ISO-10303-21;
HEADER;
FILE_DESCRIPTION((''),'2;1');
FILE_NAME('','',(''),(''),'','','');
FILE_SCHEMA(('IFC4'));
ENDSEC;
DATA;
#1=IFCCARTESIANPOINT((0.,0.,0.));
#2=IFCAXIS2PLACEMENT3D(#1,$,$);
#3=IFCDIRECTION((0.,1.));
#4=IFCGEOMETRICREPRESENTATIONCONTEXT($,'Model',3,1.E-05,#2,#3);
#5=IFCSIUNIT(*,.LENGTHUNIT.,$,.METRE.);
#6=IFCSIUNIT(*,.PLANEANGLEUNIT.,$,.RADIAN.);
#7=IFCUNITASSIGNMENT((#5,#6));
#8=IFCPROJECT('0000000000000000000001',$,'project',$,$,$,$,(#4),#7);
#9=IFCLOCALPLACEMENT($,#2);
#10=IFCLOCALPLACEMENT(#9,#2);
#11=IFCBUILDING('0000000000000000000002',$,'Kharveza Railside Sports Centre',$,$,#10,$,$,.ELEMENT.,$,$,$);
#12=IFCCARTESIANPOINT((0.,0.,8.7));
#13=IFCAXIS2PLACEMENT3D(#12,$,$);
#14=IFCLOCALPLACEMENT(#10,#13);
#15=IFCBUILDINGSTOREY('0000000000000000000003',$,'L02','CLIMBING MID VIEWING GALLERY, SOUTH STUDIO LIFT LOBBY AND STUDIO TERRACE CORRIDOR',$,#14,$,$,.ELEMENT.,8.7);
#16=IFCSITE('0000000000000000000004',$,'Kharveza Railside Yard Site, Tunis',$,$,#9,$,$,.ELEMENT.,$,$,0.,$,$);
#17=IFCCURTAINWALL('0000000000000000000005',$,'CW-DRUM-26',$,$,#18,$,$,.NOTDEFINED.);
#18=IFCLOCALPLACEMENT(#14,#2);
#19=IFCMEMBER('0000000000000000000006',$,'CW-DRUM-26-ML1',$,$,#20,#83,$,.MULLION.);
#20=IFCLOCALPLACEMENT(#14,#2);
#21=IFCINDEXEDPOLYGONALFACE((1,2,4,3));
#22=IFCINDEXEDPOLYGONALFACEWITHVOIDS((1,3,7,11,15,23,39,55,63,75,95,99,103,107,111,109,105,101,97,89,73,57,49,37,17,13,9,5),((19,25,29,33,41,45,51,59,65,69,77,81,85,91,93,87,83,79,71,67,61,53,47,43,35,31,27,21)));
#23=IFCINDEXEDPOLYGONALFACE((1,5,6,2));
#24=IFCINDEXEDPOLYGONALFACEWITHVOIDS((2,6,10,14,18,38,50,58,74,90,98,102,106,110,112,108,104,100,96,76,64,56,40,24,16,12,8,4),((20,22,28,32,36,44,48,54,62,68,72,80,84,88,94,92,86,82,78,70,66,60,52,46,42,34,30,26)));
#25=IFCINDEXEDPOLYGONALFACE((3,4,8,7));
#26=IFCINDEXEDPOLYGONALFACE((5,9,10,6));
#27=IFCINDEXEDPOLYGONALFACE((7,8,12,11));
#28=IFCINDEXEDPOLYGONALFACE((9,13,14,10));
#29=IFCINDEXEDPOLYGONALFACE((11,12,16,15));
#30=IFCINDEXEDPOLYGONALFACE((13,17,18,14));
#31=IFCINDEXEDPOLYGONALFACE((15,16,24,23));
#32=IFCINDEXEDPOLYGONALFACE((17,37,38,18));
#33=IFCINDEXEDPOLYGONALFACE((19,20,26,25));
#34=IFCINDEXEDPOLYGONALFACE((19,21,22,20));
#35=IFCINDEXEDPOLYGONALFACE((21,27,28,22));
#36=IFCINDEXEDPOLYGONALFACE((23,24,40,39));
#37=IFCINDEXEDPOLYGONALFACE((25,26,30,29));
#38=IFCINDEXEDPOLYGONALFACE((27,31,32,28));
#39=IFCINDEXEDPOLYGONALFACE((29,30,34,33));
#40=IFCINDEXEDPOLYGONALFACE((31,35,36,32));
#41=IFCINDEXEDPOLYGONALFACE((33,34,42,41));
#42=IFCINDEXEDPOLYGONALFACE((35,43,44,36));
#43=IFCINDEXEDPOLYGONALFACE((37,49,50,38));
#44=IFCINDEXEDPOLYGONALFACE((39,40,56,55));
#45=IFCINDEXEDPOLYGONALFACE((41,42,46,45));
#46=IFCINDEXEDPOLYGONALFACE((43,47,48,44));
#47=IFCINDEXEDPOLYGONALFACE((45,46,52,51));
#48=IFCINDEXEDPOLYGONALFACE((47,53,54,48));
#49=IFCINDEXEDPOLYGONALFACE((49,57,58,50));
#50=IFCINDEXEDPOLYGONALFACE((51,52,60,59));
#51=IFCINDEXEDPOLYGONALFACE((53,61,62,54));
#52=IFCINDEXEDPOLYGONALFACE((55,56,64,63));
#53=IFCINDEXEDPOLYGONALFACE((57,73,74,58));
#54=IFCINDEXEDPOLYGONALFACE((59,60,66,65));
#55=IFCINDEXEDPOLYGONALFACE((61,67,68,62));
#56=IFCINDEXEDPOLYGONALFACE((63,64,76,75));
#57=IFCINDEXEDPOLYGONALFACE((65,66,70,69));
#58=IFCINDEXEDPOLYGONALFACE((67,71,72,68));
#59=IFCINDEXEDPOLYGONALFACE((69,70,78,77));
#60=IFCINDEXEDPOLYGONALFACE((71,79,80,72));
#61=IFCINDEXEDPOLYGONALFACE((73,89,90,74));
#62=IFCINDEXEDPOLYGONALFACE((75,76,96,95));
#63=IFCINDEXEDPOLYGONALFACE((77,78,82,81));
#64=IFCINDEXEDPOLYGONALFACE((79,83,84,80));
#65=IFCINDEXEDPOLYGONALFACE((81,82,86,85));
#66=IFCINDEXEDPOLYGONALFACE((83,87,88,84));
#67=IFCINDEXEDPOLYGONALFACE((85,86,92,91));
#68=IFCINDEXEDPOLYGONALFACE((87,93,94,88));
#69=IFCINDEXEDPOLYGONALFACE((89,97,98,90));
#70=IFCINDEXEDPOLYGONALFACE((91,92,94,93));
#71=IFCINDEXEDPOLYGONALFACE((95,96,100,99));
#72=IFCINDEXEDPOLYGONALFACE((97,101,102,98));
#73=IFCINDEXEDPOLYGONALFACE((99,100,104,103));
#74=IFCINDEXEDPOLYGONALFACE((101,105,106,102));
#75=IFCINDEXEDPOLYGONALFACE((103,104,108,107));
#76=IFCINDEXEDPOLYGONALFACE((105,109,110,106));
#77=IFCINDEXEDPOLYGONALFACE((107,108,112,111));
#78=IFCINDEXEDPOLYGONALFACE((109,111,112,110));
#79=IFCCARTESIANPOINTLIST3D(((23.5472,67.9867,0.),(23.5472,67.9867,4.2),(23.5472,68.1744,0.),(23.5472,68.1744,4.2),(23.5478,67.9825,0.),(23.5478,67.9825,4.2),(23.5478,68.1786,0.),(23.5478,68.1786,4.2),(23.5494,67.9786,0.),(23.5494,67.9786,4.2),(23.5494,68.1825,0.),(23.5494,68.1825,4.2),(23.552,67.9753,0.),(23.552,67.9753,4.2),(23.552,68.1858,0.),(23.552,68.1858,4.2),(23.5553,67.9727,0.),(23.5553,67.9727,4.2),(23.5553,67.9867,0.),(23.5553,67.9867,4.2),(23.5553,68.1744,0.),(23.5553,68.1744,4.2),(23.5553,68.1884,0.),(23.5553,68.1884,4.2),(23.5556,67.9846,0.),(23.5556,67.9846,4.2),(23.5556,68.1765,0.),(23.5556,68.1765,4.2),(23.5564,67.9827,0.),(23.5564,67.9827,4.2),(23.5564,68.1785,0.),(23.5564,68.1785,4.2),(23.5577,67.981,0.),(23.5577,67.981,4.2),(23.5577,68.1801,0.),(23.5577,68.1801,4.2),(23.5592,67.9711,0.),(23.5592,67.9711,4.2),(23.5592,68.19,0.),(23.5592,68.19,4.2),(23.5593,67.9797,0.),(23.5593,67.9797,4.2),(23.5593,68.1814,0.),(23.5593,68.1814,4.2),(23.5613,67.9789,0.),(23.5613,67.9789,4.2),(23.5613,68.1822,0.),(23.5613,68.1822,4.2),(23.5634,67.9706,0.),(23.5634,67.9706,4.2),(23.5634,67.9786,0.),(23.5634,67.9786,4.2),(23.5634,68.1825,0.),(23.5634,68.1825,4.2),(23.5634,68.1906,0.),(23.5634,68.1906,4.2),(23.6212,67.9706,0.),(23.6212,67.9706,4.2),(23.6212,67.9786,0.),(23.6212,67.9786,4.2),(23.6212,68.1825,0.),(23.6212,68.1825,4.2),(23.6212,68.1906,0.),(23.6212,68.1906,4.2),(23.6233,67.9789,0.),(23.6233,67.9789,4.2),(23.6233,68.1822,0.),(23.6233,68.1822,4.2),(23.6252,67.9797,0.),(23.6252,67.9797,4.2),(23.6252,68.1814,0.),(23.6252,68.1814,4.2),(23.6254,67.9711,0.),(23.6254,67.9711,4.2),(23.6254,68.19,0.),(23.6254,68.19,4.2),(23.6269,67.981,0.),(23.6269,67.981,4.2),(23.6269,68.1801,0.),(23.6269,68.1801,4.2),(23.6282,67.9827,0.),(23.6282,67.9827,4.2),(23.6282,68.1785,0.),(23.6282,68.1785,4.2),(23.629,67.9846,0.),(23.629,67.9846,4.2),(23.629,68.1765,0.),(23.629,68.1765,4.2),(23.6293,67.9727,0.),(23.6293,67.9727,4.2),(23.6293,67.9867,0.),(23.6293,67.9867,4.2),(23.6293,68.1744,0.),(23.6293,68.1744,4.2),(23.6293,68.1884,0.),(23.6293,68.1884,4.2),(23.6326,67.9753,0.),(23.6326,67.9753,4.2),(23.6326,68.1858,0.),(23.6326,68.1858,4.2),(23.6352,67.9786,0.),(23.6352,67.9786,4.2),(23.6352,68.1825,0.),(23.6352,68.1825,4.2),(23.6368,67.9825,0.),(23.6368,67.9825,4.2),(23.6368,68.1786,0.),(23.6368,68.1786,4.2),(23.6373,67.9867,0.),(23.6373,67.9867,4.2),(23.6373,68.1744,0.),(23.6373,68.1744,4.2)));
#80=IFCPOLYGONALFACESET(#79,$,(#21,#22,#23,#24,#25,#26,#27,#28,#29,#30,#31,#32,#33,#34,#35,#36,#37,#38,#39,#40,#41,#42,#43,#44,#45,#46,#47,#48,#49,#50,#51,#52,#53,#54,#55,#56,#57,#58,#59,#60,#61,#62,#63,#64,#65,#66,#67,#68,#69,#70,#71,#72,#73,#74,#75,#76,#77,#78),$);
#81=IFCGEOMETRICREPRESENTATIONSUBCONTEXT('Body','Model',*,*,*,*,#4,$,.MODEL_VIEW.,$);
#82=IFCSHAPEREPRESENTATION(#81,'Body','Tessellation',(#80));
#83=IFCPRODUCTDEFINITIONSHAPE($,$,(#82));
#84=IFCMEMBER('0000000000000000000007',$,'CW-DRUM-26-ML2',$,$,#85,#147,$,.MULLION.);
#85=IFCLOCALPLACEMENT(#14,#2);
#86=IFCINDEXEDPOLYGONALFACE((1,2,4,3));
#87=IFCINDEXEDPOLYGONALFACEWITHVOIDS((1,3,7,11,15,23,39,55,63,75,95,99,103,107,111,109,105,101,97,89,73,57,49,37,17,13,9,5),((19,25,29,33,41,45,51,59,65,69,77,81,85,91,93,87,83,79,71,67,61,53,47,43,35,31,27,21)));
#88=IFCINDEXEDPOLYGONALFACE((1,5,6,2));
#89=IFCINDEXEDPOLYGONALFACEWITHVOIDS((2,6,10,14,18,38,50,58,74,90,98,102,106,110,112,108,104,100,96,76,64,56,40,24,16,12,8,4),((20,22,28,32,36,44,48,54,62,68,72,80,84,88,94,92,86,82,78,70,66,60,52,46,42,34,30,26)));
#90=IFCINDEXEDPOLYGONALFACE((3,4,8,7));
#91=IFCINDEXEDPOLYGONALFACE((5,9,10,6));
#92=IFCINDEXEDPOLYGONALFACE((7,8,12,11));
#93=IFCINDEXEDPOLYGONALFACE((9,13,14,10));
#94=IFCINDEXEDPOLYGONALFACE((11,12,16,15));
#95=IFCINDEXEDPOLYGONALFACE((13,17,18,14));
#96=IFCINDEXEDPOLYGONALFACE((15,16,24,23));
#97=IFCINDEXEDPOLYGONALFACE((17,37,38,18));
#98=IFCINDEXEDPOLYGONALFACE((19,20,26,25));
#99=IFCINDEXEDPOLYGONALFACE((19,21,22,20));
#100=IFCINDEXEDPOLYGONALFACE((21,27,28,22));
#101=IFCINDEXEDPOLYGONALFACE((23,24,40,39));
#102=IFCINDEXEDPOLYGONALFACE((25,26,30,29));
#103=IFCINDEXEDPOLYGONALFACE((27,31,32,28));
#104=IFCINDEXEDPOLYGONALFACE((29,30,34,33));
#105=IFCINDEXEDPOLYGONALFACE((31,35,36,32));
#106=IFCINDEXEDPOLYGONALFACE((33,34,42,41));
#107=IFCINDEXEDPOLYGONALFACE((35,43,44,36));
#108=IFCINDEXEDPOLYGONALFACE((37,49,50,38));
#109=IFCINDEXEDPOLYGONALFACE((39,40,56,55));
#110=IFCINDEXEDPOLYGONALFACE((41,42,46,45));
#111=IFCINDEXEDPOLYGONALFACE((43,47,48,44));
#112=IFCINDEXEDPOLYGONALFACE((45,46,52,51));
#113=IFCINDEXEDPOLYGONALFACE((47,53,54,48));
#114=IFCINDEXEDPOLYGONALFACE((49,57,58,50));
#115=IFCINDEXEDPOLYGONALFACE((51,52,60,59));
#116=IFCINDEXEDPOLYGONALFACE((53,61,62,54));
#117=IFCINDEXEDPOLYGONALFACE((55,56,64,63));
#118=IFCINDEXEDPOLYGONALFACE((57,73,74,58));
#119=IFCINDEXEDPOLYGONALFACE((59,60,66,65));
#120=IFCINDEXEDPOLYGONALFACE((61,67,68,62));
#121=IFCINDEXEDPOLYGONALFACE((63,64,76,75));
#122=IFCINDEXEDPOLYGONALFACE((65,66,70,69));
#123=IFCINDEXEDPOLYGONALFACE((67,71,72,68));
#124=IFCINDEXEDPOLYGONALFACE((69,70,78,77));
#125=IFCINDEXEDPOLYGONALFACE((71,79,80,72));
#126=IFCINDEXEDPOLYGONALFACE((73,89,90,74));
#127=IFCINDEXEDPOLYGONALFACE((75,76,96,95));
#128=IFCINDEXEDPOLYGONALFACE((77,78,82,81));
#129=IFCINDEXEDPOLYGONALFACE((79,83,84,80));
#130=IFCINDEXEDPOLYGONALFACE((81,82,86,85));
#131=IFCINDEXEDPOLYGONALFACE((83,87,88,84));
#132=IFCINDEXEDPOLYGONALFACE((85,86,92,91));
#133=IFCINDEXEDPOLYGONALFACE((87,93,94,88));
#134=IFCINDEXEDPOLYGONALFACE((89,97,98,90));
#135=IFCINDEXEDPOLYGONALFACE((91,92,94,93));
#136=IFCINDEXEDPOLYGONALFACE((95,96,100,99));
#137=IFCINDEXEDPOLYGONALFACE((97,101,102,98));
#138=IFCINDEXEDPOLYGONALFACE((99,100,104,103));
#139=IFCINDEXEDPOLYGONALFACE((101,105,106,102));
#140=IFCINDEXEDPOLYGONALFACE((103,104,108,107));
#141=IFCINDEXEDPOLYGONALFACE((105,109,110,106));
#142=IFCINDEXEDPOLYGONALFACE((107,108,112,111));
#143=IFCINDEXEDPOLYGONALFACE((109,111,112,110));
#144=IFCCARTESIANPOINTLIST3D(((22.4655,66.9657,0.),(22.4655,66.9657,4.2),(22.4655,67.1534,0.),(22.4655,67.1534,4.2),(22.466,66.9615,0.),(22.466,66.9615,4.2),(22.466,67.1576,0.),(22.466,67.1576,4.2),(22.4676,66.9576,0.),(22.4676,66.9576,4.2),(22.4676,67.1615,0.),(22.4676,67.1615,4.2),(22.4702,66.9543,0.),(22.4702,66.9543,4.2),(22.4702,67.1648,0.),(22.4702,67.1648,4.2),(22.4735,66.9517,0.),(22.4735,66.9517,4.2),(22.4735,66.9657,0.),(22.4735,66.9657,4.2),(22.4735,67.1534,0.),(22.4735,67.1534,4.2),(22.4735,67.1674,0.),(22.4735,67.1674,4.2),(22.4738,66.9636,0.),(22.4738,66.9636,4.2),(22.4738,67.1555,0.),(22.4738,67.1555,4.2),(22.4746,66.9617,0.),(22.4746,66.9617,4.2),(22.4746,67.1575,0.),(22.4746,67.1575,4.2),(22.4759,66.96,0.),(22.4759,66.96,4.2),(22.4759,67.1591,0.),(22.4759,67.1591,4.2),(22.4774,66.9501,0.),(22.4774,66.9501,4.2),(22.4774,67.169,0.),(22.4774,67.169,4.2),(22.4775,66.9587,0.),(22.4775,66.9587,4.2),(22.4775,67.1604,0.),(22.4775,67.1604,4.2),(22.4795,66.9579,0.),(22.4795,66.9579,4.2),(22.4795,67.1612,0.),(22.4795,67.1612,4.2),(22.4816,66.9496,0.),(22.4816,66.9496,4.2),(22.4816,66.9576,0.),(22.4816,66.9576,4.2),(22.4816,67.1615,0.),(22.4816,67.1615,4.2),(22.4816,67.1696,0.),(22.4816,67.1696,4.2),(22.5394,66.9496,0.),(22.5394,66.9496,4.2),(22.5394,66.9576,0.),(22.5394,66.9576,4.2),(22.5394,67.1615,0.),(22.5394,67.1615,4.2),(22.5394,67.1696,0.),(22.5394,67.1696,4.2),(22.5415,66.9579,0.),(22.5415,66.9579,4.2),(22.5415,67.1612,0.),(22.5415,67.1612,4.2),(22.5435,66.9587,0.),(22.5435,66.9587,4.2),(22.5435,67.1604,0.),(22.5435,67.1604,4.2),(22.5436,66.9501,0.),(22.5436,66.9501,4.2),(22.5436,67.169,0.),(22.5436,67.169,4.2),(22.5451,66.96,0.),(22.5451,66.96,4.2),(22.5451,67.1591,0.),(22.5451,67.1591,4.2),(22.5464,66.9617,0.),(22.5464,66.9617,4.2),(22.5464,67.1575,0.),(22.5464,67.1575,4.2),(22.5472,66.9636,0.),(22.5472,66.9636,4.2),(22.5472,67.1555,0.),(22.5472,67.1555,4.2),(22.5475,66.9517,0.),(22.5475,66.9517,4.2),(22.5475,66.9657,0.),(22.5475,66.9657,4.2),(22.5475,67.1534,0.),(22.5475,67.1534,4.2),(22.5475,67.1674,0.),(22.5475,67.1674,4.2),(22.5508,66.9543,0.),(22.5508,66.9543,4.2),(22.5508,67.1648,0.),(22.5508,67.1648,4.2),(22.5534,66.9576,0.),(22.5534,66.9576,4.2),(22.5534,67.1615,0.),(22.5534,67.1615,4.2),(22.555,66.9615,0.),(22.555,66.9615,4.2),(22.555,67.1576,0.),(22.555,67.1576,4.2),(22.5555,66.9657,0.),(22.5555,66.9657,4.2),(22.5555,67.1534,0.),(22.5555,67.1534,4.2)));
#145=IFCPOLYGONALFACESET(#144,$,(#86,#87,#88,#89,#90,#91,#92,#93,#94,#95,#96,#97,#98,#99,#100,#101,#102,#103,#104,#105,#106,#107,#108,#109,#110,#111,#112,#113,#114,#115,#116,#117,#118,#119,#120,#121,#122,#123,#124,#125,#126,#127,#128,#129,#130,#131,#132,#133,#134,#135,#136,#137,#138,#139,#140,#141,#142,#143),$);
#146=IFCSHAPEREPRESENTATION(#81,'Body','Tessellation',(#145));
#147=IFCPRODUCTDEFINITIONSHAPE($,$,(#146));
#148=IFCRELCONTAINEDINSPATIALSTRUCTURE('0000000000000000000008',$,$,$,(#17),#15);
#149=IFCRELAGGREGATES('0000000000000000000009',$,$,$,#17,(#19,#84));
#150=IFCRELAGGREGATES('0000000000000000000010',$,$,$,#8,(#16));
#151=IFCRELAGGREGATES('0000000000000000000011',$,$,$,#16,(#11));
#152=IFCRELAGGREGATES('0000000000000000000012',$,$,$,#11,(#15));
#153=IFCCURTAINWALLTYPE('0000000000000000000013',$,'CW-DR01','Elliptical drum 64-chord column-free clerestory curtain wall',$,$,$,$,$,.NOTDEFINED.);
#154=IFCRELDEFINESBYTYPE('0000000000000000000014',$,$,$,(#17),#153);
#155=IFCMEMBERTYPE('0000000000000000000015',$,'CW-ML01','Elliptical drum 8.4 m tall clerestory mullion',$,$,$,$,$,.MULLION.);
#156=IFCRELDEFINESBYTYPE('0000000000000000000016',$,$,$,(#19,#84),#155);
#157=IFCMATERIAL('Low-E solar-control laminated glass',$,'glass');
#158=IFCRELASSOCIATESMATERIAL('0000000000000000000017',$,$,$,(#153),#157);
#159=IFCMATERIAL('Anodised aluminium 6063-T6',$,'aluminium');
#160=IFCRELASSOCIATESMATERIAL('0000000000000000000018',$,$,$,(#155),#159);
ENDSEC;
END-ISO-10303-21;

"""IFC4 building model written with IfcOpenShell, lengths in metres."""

from ifc_helpers import new_model, si_unit, direction, frame, origin, origin_2d, place, context, subcontext, project, spatial, hollow_rectangle, extrude, material, material_profile, profile_set, type_object, element, aggregate, save


model = new_model("IFC4")

# Units and contexts
model_context = context("Model", 3, precision=1e-05, world=origin(), true_north=direction((0.0, 1.0)))
body_context = subcontext(model_context, "Body", "Model", "MODEL_VIEW")
ifc_project = project(units=[si_unit("LENGTHUNIT", "METRE"), si_unit("PLANEANGLEUNIT", "RADIAN")], contexts=[model_context])

# Site, building, storey
site_placement = place(None, origin())
site = spatial("IfcSite", under=ifc_project, at=site_placement, Name="Kharveza Railside Yard Site, Tunis", CompositionType="ELEMENT", RefElevation=0.0)
building_placement = place(site_placement, origin())
building = spatial("IfcBuilding", under=site, at=building_placement, Name="Kharveza Railside Sports Centre", CompositionType="ELEMENT")
storey_placement = place(building_placement, frame((0.0, 0.0, 8.7)))
storey = spatial("IfcBuildingStorey", under=building, at=storey_placement, Name="L02", Description="CLIMBING MID VIEWING GALLERY, SOUTH STUDIO LIFT LOBBY AND STUDIO TERRACE CORRIDOR", CompositionType="ELEMENT", Elevation=8.7)

# Curtain wall, members
ifc_material_1 = material(Name="Low-E solar-control laminated glass", Category="glass")
curtain_wall_type = type_object("IfcCurtainWallType", Name="CW-DR01", Description="Elliptical drum 64-chord column-free clerestory curtain wall", PredefinedType="NOTDEFINED", material=ifc_material_1)
ifc_material_2 = material(Name="Anodised aluminium 6063-T6", Category="aluminium")
ifc_material_profile_1 = material_profile(ifc_material_2, hollow_rectangle(XDim=0.0901, YDim=0.22, WallThickness=0.0081, InnerFilletRadius=0.0081, OuterFilletRadius=0.0161, at=origin_2d()), Name="RHS 90x220x8.0")
ifc_profile_set_1 = profile_set([ifc_material_profile_1], Name="Anodised aluminium 6063-T6")
member_type_1 = type_object("IfcMemberType", Name="CW-ML01", Description="Elliptical drum 8.4 m tall clerestory mullion", PredefinedType="MULLION", material=ifc_profile_set_1)
curtain_wall_1_placement = place(storey_placement, origin())
curtain_wall_1 = element("IfcCurtainWall", 1, at=curtain_wall_1_placement, inside=storey, type_object=curtain_wall_type, Name="CW-DRUM-26", PredefinedType="NOTDEFINED")
member_1_placement = place(storey_placement, frame((23.5923, 68.0806, 0.0), z_axis=(0.0, 0.0, 1.0), x_axis=(1.0, 0.0, 0.0)))
member_1 = element("IfcMember", 2, at=member_1_placement, type_object=member_type_1, Name="CW-DRUM-26-ML1", PredefinedType="MULLION", context=body_context, shape_type="SweptSolid", body=[
    extrude(hollow_rectangle(XDim=0.0901, YDim=0.22, WallThickness=0.0081, InnerFilletRadius=0.0081, OuterFilletRadius=0.0161, at=origin_2d()), origin(), (0.0, 0.0, 1.0), 4.2),
])
member_2_placement = place(storey_placement, frame((22.5105, 67.0596, 0.0), z_axis=(0.0, 0.0, 1.0), x_axis=(1.0, 0.0, 0.0)))
member_2 = element("IfcMember", 3, at=member_2_placement, type_object=member_type_1, Name="CW-DRUM-26-ML2", PredefinedType="MULLION", context=body_context, shape_type="SweptSolid", body=[
    extrude(hollow_rectangle(XDim=0.0901, YDim=0.22, WallThickness=0.0081, InnerFilletRadius=0.0081, OuterFilletRadius=0.0161, at=origin_2d()), origin(), (0.0, 0.0, 1.0), 4.2),
])

aggregate(curtain_wall_1, [member_1, member_2])

save(model, "model.ifc")
